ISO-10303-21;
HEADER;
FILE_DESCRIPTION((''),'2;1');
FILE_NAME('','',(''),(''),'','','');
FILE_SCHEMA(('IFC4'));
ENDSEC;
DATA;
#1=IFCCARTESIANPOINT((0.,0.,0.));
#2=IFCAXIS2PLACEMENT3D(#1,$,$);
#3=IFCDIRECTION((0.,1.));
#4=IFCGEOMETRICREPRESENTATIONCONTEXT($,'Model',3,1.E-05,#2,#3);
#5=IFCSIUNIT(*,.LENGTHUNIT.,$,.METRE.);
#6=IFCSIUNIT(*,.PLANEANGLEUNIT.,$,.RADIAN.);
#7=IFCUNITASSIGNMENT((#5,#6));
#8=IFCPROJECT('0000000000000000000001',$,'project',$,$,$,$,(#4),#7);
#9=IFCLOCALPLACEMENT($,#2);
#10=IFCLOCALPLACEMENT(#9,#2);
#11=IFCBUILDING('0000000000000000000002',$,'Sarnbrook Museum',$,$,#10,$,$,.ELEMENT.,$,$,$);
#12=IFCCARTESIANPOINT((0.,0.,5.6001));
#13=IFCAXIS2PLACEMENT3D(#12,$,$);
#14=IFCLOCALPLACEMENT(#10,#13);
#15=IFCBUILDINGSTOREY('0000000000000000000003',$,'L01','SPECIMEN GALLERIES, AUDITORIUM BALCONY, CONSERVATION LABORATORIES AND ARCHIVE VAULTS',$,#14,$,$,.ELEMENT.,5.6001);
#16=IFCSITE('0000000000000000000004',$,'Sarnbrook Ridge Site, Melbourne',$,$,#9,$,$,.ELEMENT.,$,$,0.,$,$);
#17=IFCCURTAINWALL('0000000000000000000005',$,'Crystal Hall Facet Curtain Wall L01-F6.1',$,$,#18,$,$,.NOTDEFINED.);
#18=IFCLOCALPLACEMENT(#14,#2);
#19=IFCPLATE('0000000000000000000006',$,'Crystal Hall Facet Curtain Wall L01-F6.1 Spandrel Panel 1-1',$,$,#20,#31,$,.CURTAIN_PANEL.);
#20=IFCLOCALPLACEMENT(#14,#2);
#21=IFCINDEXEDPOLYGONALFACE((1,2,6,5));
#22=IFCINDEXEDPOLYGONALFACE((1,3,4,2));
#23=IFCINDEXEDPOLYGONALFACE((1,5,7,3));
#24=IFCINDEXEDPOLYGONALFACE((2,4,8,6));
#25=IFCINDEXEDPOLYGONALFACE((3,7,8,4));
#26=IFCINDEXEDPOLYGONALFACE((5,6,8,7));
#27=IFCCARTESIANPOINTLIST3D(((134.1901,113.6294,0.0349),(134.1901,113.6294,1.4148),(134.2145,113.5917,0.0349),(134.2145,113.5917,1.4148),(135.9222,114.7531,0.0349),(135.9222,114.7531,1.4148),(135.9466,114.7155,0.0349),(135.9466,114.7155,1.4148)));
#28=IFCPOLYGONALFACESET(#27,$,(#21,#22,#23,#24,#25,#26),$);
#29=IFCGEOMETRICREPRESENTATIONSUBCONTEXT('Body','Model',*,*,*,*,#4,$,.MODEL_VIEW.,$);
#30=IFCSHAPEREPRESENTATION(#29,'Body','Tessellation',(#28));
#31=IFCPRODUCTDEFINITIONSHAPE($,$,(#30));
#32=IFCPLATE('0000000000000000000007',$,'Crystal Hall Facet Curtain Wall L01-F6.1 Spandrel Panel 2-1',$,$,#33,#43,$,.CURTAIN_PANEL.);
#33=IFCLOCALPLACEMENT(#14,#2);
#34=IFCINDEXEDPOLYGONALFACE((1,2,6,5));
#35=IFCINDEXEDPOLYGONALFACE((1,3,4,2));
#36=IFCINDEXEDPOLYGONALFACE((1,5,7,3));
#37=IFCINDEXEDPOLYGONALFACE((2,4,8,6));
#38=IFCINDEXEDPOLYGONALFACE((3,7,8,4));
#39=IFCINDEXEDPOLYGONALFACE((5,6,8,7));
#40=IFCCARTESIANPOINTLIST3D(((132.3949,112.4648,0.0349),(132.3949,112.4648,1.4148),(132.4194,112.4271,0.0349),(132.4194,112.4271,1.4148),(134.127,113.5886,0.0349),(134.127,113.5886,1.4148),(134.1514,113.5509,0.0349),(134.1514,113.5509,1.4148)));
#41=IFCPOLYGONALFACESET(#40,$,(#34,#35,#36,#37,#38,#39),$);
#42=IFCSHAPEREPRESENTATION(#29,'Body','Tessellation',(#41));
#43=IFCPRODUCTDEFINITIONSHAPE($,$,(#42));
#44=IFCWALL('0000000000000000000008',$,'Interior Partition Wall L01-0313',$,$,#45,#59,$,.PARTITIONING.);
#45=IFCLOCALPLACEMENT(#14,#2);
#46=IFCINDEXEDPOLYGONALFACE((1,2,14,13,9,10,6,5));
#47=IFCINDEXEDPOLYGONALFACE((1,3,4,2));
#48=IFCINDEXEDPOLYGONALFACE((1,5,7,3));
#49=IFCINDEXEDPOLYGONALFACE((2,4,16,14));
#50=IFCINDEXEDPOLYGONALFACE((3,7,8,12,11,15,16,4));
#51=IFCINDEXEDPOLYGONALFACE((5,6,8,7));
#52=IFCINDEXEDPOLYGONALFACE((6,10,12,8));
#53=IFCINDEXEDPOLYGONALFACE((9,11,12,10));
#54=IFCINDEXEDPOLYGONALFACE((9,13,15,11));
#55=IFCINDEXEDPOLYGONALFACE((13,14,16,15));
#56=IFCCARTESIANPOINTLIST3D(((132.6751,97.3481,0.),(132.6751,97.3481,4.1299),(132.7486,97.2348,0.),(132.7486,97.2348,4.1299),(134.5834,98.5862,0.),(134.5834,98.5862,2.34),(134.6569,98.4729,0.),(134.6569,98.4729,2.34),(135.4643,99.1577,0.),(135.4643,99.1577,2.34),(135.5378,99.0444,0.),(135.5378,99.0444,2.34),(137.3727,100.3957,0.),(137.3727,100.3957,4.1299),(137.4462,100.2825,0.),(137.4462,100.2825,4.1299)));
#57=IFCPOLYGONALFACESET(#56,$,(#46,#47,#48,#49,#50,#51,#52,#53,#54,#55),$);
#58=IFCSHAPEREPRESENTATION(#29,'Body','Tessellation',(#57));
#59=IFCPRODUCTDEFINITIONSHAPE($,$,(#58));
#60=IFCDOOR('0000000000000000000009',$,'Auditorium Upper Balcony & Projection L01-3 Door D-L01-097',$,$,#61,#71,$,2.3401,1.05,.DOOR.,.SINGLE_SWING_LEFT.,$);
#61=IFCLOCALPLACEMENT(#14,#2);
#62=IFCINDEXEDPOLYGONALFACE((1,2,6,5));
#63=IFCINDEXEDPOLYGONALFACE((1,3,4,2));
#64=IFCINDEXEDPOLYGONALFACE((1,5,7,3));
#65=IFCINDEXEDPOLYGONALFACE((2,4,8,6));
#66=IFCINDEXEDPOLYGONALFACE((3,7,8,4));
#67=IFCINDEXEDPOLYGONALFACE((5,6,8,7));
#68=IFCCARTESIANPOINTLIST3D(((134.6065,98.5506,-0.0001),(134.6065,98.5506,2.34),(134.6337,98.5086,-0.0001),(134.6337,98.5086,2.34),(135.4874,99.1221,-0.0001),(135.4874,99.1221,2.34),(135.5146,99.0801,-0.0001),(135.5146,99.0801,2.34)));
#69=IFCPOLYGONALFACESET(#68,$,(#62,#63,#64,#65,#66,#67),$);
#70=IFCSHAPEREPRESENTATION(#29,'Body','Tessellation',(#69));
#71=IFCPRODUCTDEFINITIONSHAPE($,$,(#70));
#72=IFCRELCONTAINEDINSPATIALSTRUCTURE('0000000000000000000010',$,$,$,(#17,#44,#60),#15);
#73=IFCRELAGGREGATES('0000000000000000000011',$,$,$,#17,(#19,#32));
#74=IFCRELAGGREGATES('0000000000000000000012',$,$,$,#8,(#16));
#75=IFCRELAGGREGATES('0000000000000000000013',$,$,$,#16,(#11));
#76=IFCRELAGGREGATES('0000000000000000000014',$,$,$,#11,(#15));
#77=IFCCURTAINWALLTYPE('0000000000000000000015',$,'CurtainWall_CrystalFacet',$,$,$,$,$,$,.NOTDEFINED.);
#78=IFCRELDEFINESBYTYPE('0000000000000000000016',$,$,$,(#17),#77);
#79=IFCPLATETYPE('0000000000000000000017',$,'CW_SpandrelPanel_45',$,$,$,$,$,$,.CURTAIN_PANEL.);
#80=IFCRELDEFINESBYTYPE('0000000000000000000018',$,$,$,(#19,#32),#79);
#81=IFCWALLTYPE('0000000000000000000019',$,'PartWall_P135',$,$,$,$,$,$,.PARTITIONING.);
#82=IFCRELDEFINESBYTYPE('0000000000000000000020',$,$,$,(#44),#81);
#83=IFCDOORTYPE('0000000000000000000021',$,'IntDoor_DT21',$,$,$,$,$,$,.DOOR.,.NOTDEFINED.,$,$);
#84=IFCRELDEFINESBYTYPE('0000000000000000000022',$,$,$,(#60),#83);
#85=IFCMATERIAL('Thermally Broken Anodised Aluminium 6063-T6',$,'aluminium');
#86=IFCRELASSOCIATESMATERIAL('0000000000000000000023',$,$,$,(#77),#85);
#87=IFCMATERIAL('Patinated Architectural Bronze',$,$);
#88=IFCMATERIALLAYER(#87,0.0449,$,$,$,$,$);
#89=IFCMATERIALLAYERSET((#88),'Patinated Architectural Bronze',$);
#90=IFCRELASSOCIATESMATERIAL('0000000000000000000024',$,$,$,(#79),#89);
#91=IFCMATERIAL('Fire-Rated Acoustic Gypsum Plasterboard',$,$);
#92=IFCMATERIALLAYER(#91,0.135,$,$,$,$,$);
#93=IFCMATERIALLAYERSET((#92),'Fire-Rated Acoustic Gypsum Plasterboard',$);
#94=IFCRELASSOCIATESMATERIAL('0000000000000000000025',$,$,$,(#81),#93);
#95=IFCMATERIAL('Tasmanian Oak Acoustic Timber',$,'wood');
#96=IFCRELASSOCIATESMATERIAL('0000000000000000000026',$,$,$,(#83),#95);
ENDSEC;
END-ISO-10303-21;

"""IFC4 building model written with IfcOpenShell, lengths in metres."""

from ifc_helpers import new_model, si_unit, direction, frame, frame_2d, origin, origin_2d, place, context, subcontext, project, spatial, rectangle, extrude, material, layer, layer_set, type_object, element, fill, aggregate, save


model = new_model("IFC4")

# Units and contexts
model_context = context("Model", 3, precision=1e-05, world=origin(), true_north=direction((0.0, 1.0)))
body_context = subcontext(model_context, "Body", "Model", "MODEL_VIEW")
ifc_project = project(units=[si_unit("LENGTHUNIT", "METRE"), si_unit("PLANEANGLEUNIT", "RADIAN")], contexts=[model_context])

# Site, building, storey
site_placement = place(None, origin())
site = spatial("IfcSite", under=ifc_project, at=site_placement, Name="Sarnbrook Ridge Site, Melbourne", CompositionType="ELEMENT", RefElevation=0.0)
building_placement = place(site_placement, origin())
building = spatial("IfcBuilding", under=site, at=building_placement, Name="Sarnbrook Museum", CompositionType="ELEMENT")
storey_placement = place(building_placement, frame((0.0, 0.0, 5.6001)))
storey = spatial("IfcBuildingStorey", under=building, at=storey_placement, Name="L01", Description="SPECIMEN GALLERIES, AUDITORIUM BALCONY, CONSERVATION LABORATORIES AND ARCHIVE VAULTS", CompositionType="ELEMENT", Elevation=5.6001)

# Shared definitions
ifc_material_1 = material(Name="Thermally Broken Anodised Aluminium 6063-T6", Category="aluminium")
curtain_wall_type = type_object("IfcCurtainWallType", Name="CurtainWall_CrystalFacet", PredefinedType="NOTDEFINED", material=ifc_material_1)

# Curtain wall
curtain_wall_1_placement = place(storey_placement, origin())
curtain_wall_1 = element("IfcCurtainWall", 1, at=curtain_wall_1_placement, inside=storey, type_object=curtain_wall_type, Name="Crystal Hall Facet Curtain Wall L01-F6.1", PredefinedType="NOTDEFINED")

# Plates
ifc_material_2 = material(Name="Patinated Architectural Bronze")
ifc_layer_1 = layer(ifc_material_2, 0.0449)
ifc_layer_set_1 = layer_set([ifc_layer_1], Name="Patinated Architectural Bronze")
plate_type_1 = type_object("IfcPlateType", Name="CW_SpandrelPanel_45", PredefinedType="CURTAIN_PANEL", material=ifc_layer_set_1)
plate_1_placement = place(storey_placement, frame((135.0806, 114.1536, 0.7249), z_axis=(-0.544287, 0.838899, 0.0), x_axis=(-0.838899, -0.544287, 0.0)))
plate_1 = element("IfcPlate", 2, at=plate_1_placement, type_object=plate_type_1, Name="Crystal Hall Facet Curtain Wall L01-F6.1 Spandrel Panel 1-1", PredefinedType="CURTAIN_PANEL", context=body_context, shape_type="SweptSolid", body=[
    extrude(rectangle(XDim=2.0647, YDim=1.3799, at=origin_2d()), origin(), (0.0, 0.0, 1.0), 0.0449),
])
plate_2_placement = place(storey_placement, frame((133.2854, 112.989, 0.7249), z_axis=(-0.544287, 0.838899, 0.0), x_axis=(-0.838899, -0.544287, 0.0)))
plate_2 = element("IfcPlate", 3, at=plate_2_placement, type_object=plate_type_1, Name="Crystal Hall Facet Curtain Wall L01-F6.1 Spandrel Panel 2-1", PredefinedType="CURTAIN_PANEL", context=body_context, shape_type="SweptSolid", body=[
    extrude(rectangle(XDim=2.0647, YDim=1.3799, at=origin_2d()), origin(), (0.0, 0.0, 1.0), 0.0449),
])
aggregate(curtain_wall_1, [plate_1, plate_2])

# Wall, opening, door
ifc_material_3 = material(Name="Fire-Rated Acoustic Gypsum Plasterboard")
ifc_layer_2 = layer(ifc_material_3, 0.135)
ifc_layer_set_2 = layer_set([ifc_layer_2], Name="Fire-Rated Acoustic Gypsum Plasterboard")
wall_type = type_object("IfcWallType", Name="PartWall_P135", PredefinedType="PARTITIONING", material=ifc_layer_set_2)
wall_placement = place(storey_placement, frame((137.4094, 100.3391, 0.0), z_axis=(0.0, 0.0, 1.0), x_axis=(-0.838914, -0.544263, 0.0)))
wall = element("IfcWall", 4, at=wall_placement, inside=storey, type_object=wall_type, Name="Interior Partition Wall L01-0313", PredefinedType="PARTITIONING", context=body_context, shape_type="SweptSolid", body=[
    extrude(rectangle(XDim=5.5996, YDim=0.135, at=frame_2d((2.7998, 0.0))), origin(), (0.0, 0.0, 1.0), 4.1299),
])
opening_placement = place(wall_placement, frame((2.2749, 0.0, 0.0)))
opening = element("IfcOpeningElement", 5, at=opening_placement, cuts=wall, PredefinedType="OPENING", context=body_context, shape_type="SweptSolid", body=[
    extrude(rectangle(XDim=1.05, YDim=2.3401, at=frame_2d((0.5249, 1.1699))), frame((0.0, 0.0776, 0.0), z_axis=(0.0, -1.0, 0.0), x_axis=(1.0, 0.0, 0.0)), (0.0, 0.0, 1.0), 0.155),
])
ifc_material_4 = material(Name="Tasmanian Oak Acoustic Timber", Category="wood")
door_type = type_object("IfcDoorType", Name="IntDoor_DT21", OperationType="NOTDEFINED", PredefinedType="DOOR", material=ifc_material_4)
door_placement = place(opening_placement, origin())
door = element("IfcDoor", 6, at=door_placement, inside=storey, type_object=door_type, Name="Auditorium Upper Balcony & Projection L01-3 Door D-L01-097", OperationType="SINGLE_SWING_LEFT", OverallHeight=2.3401, OverallWidth=1.05, PredefinedType="DOOR", context=body_context, shape_type="SweptSolid", body=[
    extrude(rectangle(XDim=1.05, YDim=2.3401, at=frame_2d((0.5249, 1.1699))), frame((0.0, 0.0249, 0.0), z_axis=(0.0, -1.0, 0.0), x_axis=(1.0, 0.0, 0.0)), (0.0, 0.0, 1.0), 0.05),
])
fill(opening, door)

save(model, "model.ifc")
